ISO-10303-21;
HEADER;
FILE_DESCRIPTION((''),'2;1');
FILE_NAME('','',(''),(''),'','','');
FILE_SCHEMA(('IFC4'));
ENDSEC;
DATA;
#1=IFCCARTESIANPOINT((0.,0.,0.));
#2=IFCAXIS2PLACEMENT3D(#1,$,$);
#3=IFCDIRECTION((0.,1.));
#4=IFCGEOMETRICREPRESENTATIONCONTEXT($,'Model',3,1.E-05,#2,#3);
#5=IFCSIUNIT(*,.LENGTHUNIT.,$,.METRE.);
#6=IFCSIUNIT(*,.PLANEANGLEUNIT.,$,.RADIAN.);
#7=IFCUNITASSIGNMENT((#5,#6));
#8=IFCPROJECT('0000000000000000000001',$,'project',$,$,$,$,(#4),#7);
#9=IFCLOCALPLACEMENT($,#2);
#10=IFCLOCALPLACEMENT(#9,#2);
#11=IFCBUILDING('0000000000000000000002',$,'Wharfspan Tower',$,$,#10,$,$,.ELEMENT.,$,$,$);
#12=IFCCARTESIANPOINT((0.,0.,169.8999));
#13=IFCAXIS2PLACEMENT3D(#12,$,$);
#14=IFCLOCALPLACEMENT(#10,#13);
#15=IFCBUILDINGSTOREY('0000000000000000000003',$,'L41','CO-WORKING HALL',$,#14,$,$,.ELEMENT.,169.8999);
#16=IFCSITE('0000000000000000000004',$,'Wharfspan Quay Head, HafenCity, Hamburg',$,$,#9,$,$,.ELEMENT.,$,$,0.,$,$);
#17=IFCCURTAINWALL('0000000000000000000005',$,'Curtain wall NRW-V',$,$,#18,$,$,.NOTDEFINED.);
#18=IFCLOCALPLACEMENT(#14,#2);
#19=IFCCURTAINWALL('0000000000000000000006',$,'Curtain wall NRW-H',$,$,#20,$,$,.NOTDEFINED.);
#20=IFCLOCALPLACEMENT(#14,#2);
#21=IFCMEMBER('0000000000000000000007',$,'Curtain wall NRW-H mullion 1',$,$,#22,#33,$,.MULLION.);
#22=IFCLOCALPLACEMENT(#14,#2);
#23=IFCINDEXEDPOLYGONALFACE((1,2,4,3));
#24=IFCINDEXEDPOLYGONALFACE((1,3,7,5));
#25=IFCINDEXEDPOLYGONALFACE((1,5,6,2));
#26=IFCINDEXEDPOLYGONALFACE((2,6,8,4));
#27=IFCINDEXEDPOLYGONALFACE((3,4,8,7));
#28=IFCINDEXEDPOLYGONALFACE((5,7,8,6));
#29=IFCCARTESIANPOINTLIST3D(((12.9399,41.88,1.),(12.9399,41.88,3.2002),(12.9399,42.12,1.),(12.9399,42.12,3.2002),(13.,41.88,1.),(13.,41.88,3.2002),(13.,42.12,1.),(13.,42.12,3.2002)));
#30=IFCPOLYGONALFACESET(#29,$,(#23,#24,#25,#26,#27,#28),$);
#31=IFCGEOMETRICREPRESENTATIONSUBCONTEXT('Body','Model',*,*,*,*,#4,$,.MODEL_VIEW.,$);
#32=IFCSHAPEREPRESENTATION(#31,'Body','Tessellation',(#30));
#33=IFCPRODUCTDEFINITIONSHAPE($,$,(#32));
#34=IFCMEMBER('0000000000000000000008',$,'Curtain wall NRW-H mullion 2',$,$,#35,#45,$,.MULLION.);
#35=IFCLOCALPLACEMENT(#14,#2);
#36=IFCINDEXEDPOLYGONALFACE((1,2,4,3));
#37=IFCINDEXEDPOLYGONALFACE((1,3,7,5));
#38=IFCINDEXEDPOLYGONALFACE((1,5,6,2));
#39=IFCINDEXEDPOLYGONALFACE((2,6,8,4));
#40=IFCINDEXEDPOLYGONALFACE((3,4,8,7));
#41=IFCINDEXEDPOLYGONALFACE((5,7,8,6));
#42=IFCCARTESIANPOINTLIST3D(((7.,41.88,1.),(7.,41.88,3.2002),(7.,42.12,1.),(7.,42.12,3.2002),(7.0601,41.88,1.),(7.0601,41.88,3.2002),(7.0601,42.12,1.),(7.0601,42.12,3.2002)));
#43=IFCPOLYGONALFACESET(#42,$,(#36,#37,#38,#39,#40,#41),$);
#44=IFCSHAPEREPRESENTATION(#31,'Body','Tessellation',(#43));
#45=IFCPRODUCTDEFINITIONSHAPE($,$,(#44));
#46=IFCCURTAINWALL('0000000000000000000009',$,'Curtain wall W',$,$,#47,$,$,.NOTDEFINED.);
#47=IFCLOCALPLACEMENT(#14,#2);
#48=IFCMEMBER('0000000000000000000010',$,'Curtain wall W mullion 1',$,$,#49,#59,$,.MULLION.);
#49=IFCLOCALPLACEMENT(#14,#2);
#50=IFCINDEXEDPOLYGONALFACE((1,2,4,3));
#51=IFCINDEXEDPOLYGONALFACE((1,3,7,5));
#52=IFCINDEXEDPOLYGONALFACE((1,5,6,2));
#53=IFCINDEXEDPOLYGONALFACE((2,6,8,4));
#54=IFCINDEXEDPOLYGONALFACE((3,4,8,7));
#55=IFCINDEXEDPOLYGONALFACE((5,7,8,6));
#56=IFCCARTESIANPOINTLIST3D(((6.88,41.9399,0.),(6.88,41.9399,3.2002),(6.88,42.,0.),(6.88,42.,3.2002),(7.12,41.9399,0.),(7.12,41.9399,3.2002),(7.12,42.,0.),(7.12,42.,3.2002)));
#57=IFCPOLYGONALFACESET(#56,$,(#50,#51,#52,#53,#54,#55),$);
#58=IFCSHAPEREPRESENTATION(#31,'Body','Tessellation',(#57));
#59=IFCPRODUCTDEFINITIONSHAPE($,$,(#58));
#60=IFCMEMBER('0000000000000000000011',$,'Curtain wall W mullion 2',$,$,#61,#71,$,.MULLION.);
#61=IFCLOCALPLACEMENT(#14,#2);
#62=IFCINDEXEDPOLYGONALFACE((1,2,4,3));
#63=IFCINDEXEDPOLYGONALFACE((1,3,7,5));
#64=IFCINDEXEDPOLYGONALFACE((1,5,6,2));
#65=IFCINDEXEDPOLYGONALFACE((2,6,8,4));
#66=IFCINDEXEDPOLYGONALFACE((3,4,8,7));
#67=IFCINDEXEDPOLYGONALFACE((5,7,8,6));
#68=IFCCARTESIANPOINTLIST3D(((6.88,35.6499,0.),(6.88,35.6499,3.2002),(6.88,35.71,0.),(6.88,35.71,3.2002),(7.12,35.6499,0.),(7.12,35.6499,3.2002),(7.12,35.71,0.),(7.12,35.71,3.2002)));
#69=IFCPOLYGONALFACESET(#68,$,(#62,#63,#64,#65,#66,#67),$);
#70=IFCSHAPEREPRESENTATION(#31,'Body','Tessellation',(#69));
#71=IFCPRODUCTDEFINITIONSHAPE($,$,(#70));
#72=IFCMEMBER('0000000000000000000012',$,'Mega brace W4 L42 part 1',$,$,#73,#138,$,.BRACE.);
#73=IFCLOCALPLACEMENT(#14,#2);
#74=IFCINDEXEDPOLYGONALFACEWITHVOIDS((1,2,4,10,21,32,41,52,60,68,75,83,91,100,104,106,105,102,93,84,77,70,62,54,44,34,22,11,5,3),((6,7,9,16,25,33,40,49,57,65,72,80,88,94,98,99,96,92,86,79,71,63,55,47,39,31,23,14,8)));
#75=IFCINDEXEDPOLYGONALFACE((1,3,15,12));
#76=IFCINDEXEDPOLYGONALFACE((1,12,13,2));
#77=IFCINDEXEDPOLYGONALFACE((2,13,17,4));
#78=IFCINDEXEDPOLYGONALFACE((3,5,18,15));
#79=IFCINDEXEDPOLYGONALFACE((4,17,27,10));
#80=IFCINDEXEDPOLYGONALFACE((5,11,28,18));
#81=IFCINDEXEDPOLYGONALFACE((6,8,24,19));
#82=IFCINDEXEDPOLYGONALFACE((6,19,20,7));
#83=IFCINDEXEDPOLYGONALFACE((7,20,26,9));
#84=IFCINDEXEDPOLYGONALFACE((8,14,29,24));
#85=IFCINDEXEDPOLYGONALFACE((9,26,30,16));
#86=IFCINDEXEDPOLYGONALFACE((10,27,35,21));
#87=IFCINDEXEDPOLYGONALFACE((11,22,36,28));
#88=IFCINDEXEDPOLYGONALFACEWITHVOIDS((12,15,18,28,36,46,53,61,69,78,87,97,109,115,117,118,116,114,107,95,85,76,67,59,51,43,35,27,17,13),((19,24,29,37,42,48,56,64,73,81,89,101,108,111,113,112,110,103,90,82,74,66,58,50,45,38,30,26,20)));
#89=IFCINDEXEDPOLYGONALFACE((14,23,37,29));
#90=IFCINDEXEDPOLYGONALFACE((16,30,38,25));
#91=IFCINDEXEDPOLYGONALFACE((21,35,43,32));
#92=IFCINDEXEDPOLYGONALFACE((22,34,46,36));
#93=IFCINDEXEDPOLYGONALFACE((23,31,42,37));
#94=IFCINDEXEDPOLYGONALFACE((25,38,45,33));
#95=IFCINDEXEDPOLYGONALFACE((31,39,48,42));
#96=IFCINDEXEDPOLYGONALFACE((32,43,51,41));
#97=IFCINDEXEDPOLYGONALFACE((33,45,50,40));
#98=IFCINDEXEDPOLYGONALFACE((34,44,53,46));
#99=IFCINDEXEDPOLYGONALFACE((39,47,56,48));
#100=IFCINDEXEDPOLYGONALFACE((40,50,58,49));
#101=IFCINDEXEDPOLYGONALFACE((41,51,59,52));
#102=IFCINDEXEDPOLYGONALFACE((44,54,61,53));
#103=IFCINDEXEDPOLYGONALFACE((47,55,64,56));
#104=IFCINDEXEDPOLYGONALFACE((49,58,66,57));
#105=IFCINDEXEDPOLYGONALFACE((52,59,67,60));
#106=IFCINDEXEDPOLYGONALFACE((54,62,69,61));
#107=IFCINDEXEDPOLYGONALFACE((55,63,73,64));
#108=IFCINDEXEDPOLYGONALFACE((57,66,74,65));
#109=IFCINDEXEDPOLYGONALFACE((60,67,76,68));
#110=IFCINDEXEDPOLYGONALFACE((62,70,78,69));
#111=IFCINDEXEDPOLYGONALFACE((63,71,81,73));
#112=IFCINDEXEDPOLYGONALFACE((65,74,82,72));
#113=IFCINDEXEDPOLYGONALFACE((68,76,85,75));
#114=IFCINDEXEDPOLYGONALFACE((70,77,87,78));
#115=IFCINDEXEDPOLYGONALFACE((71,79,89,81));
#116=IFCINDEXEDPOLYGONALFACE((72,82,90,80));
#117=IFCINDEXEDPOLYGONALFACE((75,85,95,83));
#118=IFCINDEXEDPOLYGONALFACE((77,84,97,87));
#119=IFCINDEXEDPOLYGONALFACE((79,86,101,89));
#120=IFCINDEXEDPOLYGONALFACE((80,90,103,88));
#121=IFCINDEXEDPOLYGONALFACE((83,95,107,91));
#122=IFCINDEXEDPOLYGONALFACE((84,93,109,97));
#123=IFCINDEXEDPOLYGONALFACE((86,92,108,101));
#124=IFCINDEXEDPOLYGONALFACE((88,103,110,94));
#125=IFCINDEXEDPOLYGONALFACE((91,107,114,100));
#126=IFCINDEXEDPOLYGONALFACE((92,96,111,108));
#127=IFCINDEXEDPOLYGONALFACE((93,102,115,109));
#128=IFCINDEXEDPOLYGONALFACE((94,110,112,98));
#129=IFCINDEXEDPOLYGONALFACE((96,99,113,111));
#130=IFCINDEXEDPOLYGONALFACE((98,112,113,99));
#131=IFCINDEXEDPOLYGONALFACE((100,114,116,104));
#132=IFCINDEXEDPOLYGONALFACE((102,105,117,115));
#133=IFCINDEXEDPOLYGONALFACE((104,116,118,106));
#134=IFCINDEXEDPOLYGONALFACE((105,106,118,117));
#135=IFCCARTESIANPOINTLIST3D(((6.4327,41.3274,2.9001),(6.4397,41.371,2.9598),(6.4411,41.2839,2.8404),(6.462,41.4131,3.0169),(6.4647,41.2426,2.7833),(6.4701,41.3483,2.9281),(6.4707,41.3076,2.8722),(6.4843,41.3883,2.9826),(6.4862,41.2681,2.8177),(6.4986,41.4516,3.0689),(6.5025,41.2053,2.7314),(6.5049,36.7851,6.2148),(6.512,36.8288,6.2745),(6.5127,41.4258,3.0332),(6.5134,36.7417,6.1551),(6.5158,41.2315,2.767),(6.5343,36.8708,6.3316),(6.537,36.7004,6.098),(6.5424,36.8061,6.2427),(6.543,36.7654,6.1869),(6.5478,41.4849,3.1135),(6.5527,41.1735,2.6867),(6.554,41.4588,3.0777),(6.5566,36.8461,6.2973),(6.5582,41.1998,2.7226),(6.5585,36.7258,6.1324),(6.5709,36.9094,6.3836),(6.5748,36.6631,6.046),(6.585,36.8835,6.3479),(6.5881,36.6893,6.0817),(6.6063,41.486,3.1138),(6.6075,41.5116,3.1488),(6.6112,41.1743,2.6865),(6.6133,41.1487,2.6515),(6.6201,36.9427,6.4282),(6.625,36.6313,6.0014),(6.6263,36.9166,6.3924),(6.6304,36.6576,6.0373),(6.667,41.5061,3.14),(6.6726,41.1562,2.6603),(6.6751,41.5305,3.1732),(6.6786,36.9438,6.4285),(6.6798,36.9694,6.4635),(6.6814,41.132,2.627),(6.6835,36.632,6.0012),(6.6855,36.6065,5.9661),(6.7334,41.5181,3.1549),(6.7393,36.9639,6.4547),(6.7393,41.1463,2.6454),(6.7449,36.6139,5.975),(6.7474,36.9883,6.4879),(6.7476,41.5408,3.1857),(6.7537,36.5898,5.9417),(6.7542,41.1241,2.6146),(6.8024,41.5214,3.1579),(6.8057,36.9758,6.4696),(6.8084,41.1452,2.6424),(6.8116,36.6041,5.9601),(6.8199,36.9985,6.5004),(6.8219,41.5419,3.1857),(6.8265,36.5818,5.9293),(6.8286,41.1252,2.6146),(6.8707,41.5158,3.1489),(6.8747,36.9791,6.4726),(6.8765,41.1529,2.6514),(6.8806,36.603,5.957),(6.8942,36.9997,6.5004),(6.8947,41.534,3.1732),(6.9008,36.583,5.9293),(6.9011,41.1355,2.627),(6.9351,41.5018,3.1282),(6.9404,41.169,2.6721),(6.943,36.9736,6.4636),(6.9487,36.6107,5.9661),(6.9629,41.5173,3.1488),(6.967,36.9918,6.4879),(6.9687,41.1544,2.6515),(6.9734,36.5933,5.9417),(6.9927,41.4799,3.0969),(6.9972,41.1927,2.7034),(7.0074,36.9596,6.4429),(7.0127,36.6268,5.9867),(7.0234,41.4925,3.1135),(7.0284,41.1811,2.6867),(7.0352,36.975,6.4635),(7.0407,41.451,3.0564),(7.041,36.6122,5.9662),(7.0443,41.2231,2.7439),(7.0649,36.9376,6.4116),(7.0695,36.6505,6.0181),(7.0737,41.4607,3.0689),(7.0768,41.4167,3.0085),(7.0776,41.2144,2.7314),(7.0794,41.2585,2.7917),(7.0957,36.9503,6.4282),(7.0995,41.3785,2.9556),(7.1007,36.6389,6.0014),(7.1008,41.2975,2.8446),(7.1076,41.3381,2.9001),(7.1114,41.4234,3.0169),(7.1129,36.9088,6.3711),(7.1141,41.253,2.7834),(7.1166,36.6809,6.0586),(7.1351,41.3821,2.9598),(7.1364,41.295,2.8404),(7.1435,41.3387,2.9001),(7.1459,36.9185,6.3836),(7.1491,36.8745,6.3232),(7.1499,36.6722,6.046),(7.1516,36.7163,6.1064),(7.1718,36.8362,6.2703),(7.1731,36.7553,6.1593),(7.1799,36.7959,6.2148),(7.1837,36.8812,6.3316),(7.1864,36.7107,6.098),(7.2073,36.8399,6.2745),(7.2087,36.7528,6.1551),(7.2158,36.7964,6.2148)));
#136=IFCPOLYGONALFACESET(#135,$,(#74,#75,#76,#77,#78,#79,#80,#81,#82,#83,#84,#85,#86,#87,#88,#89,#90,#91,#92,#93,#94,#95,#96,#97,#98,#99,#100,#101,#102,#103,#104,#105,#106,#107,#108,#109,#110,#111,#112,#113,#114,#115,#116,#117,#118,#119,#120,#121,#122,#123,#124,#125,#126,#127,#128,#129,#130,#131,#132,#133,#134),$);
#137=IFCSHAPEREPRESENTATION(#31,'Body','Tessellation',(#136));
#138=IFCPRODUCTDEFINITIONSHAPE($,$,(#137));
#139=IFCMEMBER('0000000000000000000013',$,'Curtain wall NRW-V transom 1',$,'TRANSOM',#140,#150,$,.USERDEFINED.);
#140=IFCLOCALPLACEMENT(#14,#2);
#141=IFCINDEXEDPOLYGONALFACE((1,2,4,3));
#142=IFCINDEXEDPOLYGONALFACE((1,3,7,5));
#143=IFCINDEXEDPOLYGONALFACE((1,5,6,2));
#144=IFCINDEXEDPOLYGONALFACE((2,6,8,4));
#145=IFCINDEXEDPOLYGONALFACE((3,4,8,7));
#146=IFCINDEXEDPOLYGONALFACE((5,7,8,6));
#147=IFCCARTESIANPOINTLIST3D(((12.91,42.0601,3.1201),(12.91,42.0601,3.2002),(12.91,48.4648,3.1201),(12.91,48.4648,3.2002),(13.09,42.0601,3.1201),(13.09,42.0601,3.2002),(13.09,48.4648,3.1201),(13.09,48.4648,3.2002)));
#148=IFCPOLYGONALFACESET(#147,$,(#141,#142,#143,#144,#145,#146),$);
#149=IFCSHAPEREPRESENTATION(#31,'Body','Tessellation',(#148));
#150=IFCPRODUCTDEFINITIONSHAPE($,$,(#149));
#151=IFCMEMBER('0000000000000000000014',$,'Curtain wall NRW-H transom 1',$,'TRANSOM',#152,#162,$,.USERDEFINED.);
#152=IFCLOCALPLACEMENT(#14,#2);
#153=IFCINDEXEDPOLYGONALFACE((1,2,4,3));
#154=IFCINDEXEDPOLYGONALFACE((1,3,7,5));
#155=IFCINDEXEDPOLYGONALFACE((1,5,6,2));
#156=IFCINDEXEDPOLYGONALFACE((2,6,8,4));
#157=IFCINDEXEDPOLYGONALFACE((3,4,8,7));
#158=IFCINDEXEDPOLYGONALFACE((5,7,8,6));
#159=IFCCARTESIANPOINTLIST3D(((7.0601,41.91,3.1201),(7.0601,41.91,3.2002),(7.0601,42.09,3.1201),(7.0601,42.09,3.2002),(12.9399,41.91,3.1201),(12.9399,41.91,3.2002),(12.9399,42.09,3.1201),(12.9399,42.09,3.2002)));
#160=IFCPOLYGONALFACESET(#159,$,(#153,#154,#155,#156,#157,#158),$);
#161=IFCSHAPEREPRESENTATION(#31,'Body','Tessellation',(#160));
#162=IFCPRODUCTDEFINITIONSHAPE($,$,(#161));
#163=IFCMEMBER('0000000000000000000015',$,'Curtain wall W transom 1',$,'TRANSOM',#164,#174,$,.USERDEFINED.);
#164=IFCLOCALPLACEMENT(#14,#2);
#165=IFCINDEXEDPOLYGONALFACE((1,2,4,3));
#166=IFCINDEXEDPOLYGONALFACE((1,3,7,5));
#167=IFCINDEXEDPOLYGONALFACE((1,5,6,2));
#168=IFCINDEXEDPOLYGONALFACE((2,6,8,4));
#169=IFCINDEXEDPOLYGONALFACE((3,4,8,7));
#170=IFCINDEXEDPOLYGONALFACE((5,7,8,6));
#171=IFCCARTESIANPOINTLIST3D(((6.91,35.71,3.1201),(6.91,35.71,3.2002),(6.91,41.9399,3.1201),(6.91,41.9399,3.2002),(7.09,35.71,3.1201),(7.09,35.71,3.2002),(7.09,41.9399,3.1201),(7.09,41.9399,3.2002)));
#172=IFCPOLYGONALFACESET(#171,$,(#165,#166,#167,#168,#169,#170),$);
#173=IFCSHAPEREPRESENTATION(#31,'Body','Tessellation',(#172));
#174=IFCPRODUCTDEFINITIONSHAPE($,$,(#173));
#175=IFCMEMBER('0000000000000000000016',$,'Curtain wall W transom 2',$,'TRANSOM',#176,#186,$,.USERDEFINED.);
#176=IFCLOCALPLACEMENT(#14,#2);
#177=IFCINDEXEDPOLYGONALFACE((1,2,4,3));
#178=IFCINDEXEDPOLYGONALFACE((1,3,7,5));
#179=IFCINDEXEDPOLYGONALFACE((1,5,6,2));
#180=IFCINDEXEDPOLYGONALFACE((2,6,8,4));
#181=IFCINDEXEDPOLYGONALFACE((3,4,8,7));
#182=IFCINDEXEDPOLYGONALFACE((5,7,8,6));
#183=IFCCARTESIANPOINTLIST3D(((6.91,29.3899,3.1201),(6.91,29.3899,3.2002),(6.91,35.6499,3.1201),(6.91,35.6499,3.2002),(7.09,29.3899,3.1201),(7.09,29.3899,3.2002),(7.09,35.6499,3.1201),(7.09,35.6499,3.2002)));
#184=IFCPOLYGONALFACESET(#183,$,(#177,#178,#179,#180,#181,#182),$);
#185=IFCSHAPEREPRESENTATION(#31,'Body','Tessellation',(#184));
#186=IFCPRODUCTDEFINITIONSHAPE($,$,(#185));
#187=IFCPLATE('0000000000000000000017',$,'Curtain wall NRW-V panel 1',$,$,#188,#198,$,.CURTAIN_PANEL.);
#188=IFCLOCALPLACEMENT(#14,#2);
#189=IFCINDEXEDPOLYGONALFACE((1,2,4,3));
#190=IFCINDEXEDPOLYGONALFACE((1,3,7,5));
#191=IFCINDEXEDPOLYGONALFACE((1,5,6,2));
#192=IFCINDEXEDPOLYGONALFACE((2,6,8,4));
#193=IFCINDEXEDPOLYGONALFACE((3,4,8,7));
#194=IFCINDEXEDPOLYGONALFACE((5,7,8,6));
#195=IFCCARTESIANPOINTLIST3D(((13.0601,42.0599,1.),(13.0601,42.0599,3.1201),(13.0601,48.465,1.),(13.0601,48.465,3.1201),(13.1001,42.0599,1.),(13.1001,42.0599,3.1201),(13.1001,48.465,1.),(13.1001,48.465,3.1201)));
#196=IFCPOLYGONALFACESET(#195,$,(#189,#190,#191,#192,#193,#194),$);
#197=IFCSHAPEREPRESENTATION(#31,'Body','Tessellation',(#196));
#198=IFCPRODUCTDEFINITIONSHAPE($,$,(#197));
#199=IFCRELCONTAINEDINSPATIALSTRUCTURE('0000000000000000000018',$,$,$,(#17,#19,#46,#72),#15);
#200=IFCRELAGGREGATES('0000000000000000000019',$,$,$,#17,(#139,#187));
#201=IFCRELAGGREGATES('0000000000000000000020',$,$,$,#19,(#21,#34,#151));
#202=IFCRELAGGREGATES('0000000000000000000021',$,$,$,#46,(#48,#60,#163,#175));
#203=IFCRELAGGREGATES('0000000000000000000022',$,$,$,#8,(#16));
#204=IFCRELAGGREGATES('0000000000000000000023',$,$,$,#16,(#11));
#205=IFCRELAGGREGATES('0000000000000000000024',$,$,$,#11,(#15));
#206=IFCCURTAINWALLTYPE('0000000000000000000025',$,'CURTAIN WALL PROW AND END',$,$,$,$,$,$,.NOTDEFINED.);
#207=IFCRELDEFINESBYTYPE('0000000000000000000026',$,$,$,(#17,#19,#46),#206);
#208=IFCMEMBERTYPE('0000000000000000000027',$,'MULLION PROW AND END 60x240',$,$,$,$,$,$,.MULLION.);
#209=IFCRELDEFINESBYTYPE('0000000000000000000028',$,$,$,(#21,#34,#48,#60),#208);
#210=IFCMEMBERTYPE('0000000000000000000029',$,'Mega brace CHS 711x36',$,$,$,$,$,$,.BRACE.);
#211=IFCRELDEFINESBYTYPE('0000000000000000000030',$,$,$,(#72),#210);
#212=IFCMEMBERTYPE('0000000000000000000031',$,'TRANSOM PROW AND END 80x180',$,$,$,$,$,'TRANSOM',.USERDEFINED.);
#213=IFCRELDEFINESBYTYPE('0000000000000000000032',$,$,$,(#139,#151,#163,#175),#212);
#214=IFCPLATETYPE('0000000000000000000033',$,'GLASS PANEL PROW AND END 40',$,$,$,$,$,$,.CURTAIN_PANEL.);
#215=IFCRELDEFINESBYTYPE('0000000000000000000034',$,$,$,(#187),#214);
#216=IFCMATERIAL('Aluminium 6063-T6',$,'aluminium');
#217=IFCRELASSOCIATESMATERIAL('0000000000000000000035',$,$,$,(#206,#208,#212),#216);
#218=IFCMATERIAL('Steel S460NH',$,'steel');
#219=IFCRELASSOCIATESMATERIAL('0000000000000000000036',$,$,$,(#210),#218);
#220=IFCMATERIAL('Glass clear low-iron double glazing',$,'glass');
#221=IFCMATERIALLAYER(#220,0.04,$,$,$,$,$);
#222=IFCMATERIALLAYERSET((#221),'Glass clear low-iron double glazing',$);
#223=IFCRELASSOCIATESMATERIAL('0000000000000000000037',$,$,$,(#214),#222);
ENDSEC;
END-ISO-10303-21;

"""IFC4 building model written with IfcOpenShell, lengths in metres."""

from ifc_helpers import new_model, si_unit, direction, frame, origin, origin_2d, place, context, subcontext, project, spatial, rectangle, hollow_circle, extrude, material, layer, layer_set, material_profile, profile_set, type_object, element, aggregate, save


model = new_model("IFC4")

# Units and contexts
model_context = context("Model", 3, precision=1e-05, world=origin(), true_north=direction((0.0, 1.0)))
body_context = subcontext(model_context, "Body", "Model", "MODEL_VIEW")
ifc_project = project(units=[si_unit("LENGTHUNIT", "METRE"), si_unit("PLANEANGLEUNIT", "RADIAN")], contexts=[model_context])

# Site, building, storey
site_placement = place(None, origin())
site = spatial("IfcSite", under=ifc_project, at=site_placement, Name="Wharfspan Quay Head, HafenCity, Hamburg", CompositionType="ELEMENT", RefElevation=0.0)
building_placement = place(site_placement, origin())
building = spatial("IfcBuilding", under=site, at=building_placement, Name="Wharfspan Tower", CompositionType="ELEMENT")
storey_placement = place(building_placement, frame((0.0, 0.0, 169.8999)))
storey = spatial("IfcBuildingStorey", under=building, at=storey_placement, Name="L41", Description="CO-WORKING HALL", CompositionType="ELEMENT", Elevation=169.8999)

# Curtain walls, members
ifc_material_1 = material(Name="Aluminium 6063-T6", Category="aluminium")
curtain_wall_type = type_object("IfcCurtainWallType", Name="CURTAIN WALL PROW AND END", PredefinedType="NOTDEFINED", material=ifc_material_1)
curtain_wall_1_placement = place(storey_placement, origin())
curtain_wall_1 = element("IfcCurtainWall", 1, at=curtain_wall_1_placement, inside=storey, type_object=curtain_wall_type, Name="Curtain wall NRW-V", PredefinedType="NOTDEFINED")
ifc_material_profile_1 = material_profile(ifc_material_1, rectangle(XDim=0.24, YDim=0.0601, at=origin_2d()))
ifc_profile_set_1 = profile_set([ifc_material_profile_1], Name="Aluminium 6063-T6")
member_type_1 = type_object("IfcMemberType", Name="MULLION PROW AND END 60x240", PredefinedType="MULLION", material=ifc_profile_set_1)
curtain_wall_2_placement = place(storey_placement, origin())
curtain_wall_2 = element("IfcCurtainWall", 2, at=curtain_wall_2_placement, inside=storey, type_object=curtain_wall_type, Name="Curtain wall NRW-H", PredefinedType="NOTDEFINED")
member_1_placement = place(storey_placement, frame((12.97, 42.0, 1.0), z_axis=(0.0, 0.0, 1.0), x_axis=(0.0, -1.0, 0.0)))
member_1 = element("IfcMember", 3, at=member_1_placement, type_object=member_type_1, Name="Curtain wall NRW-H mullion 1", PredefinedType="MULLION", context=body_context, shape_type="SweptSolid", body=[
    extrude(rectangle(XDim=0.24, YDim=0.0601, at=origin_2d()), origin(), (0.0, 0.0, 1.0), 2.2002),
])
member_2_placement = place(storey_placement, frame((7.03, 42.0, 1.0), z_axis=(0.0, 0.0, 1.0), x_axis=(0.0, -1.0, 0.0)))
member_2 = element("IfcMember", 4, at=member_2_placement, type_object=member_type_1, Name="Curtain wall NRW-H mullion 2", PredefinedType="MULLION", context=body_context, shape_type="SweptSolid", body=[
    extrude(rectangle(XDim=0.24, YDim=0.0601, at=origin_2d()), origin(), (0.0, 0.0, 1.0), 2.2002),
])
curtain_wall_3_placement = place(storey_placement, origin())
curtain_wall_3 = element("IfcCurtainWall", 5, at=curtain_wall_3_placement, inside=storey, type_object=curtain_wall_type, Name="Curtain wall W", PredefinedType="NOTDEFINED")
member_3_placement = place(storey_placement, frame((7.0, 41.97, 0.0), z_axis=(0.0, 0.0, 1.0), x_axis=(1.0, 0.0, 0.0)))
member_3 = element("IfcMember", 6, at=member_3_placement, type_object=member_type_1, Name="Curtain wall W mullion 1", PredefinedType="MULLION", context=body_context, shape_type="SweptSolid", body=[
    extrude(rectangle(XDim=0.24, YDim=0.0601, at=origin_2d()), origin(), (0.0, 0.0, 1.0), 3.2002),
])
member_4_placement = place(storey_placement, frame((7.0, 35.6799, 0.0), z_axis=(0.0, 0.0, 1.0), x_axis=(1.0, 0.0, 0.0)))
member_4 = element("IfcMember", 7, at=member_4_placement, type_object=member_type_1, Name="Curtain wall W mullion 2", PredefinedType="MULLION", context=body_context, shape_type="SweptSolid", body=[
    extrude(rectangle(XDim=0.24, YDim=0.0601, at=origin_2d()), origin(), (0.0, 0.0, 1.0), 3.2002),
])

# Members
ifc_material_2 = material(Name="Steel S460NH", Category="steel")
ifc_material_profile_2 = material_profile(ifc_material_2, hollow_circle(Radius=0.3555, WallThickness=0.0359, at=origin_2d()))
ifc_profile_set_2 = profile_set([ifc_material_profile_2], Name="Steel S460NH")
member_type_2 = type_object("IfcMemberType", Name="Mega brace CHS 711x36", PredefinedType="BRACE", material=ifc_profile_set_2)
member_5_placement = place(storey_placement, frame((6.7881, 41.333, 2.9001), z_axis=(0.012851, -0.807716, 0.589431), x_axis=(0.999873, 0.015909, 0.000001)))
element("IfcMember", 8, at=member_5_placement, inside=storey, type_object=member_type_2, Name="Mega brace W4 L42 part 1", PredefinedType="BRACE", context=body_context, shape_type="SweptSolid", body=[
    extrude(hollow_circle(Radius=0.3555, WallThickness=0.0359, at=origin_2d()), origin(), (0.0, 0.0, 1.0), 5.6235),
])
ifc_material_profile_3 = material_profile(ifc_material_1, rectangle(XDim=0.1799, YDim=0.0801, at=origin_2d()))
ifc_profile_set_3 = profile_set([ifc_material_profile_3], Name="Aluminium 6063-T6")
member_type_3 = type_object("IfcMemberType", Name="TRANSOM PROW AND END 80x180", ElementType="TRANSOM", PredefinedType="USERDEFINED", material=ifc_profile_set_3)
member_6_placement = place(storey_placement, frame((13.0, 48.4648, 3.1602), z_axis=(0.0, -1.0, 0.0), x_axis=(1.0, 0.0, 0.0)))
member_6 = element("IfcMember", 9, at=member_6_placement, type_object=member_type_3, Name="Curtain wall NRW-V transom 1", ObjectType="TRANSOM", PredefinedType="USERDEFINED", context=body_context, shape_type="SweptSolid", body=[
    extrude(rectangle(XDim=0.1799, YDim=0.0801, at=origin_2d()), origin(), (0.0, 0.0, 1.0), 6.4048),
])
member_7_placement = place(storey_placement, frame((12.9399, 42.0, 3.1602), z_axis=(-1.0, 0.0, 0.0), x_axis=(0.0, -1.0, 0.0)))
member_7 = element("IfcMember", 10, at=member_7_placement, type_object=member_type_3, Name="Curtain wall NRW-H transom 1", ObjectType="TRANSOM", PredefinedType="USERDEFINED", context=body_context, shape_type="SweptSolid", body=[
    extrude(rectangle(XDim=0.1799, YDim=0.0801, at=origin_2d()), origin(), (0.0, 0.0, 1.0), 5.8799),
])
member_8_placement = place(storey_placement, frame((7.0, 41.9399, 3.1602), z_axis=(0.0, -1.0, 0.0), x_axis=(1.0, 0.0, 0.0)))
member_8 = element("IfcMember", 11, at=member_8_placement, type_object=member_type_3, Name="Curtain wall W transom 1", ObjectType="TRANSOM", PredefinedType="USERDEFINED", context=body_context, shape_type="SweptSolid", body=[
    extrude(rectangle(XDim=0.1799, YDim=0.0801, at=origin_2d()), origin(), (0.0, 0.0, 1.0), 6.23),
])
member_9_placement = place(storey_placement, frame((7.0, 35.6499, 3.1602), z_axis=(0.0, -1.0, 0.0), x_axis=(1.0, 0.0, 0.0)))
member_9 = element("IfcMember", 12, at=member_9_placement, type_object=member_type_3, Name="Curtain wall W transom 2", ObjectType="TRANSOM", PredefinedType="USERDEFINED", context=body_context, shape_type="SweptSolid", body=[
    extrude(rectangle(XDim=0.1799, YDim=0.0801, at=origin_2d()), origin(), (0.0, 0.0, 1.0), 6.26),
])

# Plate
ifc_material_3 = material(Name="Glass clear low-iron double glazing", Category="glass")
ifc_layer_1 = layer(ifc_material_3, 0.04)
ifc_layer_set_1 = layer_set([ifc_layer_1], Name="Glass clear low-iron double glazing")
plate_type_1 = type_object("IfcPlateType", Name="GLASS PANEL PROW AND END 40", PredefinedType="CURTAIN_PANEL", material=ifc_layer_set_1)
plate_1_placement = place(storey_placement, frame((13.0801, 45.2625, 1.0), z_axis=(0.0, 0.0, 1.0), x_axis=(0.0, -1.0, 0.0)))
plate_1 = element("IfcPlate", 13, at=plate_1_placement, type_object=plate_type_1, Name="Curtain wall NRW-V panel 1", PredefinedType="CURTAIN_PANEL", context=body_context, shape_type="SweptSolid", body=[
    extrude(rectangle(XDim=6.405, YDim=0.04, at=origin_2d()), origin(), (0.0, 0.0, 1.0), 2.1201),
])
aggregate(curtain_wall_1, [member_6, plate_1])
aggregate(curtain_wall_2, [member_1, member_2, member_7])
aggregate(curtain_wall_3, [member_3, member_4, member_8, member_9])

save(model, "model.ifc")
